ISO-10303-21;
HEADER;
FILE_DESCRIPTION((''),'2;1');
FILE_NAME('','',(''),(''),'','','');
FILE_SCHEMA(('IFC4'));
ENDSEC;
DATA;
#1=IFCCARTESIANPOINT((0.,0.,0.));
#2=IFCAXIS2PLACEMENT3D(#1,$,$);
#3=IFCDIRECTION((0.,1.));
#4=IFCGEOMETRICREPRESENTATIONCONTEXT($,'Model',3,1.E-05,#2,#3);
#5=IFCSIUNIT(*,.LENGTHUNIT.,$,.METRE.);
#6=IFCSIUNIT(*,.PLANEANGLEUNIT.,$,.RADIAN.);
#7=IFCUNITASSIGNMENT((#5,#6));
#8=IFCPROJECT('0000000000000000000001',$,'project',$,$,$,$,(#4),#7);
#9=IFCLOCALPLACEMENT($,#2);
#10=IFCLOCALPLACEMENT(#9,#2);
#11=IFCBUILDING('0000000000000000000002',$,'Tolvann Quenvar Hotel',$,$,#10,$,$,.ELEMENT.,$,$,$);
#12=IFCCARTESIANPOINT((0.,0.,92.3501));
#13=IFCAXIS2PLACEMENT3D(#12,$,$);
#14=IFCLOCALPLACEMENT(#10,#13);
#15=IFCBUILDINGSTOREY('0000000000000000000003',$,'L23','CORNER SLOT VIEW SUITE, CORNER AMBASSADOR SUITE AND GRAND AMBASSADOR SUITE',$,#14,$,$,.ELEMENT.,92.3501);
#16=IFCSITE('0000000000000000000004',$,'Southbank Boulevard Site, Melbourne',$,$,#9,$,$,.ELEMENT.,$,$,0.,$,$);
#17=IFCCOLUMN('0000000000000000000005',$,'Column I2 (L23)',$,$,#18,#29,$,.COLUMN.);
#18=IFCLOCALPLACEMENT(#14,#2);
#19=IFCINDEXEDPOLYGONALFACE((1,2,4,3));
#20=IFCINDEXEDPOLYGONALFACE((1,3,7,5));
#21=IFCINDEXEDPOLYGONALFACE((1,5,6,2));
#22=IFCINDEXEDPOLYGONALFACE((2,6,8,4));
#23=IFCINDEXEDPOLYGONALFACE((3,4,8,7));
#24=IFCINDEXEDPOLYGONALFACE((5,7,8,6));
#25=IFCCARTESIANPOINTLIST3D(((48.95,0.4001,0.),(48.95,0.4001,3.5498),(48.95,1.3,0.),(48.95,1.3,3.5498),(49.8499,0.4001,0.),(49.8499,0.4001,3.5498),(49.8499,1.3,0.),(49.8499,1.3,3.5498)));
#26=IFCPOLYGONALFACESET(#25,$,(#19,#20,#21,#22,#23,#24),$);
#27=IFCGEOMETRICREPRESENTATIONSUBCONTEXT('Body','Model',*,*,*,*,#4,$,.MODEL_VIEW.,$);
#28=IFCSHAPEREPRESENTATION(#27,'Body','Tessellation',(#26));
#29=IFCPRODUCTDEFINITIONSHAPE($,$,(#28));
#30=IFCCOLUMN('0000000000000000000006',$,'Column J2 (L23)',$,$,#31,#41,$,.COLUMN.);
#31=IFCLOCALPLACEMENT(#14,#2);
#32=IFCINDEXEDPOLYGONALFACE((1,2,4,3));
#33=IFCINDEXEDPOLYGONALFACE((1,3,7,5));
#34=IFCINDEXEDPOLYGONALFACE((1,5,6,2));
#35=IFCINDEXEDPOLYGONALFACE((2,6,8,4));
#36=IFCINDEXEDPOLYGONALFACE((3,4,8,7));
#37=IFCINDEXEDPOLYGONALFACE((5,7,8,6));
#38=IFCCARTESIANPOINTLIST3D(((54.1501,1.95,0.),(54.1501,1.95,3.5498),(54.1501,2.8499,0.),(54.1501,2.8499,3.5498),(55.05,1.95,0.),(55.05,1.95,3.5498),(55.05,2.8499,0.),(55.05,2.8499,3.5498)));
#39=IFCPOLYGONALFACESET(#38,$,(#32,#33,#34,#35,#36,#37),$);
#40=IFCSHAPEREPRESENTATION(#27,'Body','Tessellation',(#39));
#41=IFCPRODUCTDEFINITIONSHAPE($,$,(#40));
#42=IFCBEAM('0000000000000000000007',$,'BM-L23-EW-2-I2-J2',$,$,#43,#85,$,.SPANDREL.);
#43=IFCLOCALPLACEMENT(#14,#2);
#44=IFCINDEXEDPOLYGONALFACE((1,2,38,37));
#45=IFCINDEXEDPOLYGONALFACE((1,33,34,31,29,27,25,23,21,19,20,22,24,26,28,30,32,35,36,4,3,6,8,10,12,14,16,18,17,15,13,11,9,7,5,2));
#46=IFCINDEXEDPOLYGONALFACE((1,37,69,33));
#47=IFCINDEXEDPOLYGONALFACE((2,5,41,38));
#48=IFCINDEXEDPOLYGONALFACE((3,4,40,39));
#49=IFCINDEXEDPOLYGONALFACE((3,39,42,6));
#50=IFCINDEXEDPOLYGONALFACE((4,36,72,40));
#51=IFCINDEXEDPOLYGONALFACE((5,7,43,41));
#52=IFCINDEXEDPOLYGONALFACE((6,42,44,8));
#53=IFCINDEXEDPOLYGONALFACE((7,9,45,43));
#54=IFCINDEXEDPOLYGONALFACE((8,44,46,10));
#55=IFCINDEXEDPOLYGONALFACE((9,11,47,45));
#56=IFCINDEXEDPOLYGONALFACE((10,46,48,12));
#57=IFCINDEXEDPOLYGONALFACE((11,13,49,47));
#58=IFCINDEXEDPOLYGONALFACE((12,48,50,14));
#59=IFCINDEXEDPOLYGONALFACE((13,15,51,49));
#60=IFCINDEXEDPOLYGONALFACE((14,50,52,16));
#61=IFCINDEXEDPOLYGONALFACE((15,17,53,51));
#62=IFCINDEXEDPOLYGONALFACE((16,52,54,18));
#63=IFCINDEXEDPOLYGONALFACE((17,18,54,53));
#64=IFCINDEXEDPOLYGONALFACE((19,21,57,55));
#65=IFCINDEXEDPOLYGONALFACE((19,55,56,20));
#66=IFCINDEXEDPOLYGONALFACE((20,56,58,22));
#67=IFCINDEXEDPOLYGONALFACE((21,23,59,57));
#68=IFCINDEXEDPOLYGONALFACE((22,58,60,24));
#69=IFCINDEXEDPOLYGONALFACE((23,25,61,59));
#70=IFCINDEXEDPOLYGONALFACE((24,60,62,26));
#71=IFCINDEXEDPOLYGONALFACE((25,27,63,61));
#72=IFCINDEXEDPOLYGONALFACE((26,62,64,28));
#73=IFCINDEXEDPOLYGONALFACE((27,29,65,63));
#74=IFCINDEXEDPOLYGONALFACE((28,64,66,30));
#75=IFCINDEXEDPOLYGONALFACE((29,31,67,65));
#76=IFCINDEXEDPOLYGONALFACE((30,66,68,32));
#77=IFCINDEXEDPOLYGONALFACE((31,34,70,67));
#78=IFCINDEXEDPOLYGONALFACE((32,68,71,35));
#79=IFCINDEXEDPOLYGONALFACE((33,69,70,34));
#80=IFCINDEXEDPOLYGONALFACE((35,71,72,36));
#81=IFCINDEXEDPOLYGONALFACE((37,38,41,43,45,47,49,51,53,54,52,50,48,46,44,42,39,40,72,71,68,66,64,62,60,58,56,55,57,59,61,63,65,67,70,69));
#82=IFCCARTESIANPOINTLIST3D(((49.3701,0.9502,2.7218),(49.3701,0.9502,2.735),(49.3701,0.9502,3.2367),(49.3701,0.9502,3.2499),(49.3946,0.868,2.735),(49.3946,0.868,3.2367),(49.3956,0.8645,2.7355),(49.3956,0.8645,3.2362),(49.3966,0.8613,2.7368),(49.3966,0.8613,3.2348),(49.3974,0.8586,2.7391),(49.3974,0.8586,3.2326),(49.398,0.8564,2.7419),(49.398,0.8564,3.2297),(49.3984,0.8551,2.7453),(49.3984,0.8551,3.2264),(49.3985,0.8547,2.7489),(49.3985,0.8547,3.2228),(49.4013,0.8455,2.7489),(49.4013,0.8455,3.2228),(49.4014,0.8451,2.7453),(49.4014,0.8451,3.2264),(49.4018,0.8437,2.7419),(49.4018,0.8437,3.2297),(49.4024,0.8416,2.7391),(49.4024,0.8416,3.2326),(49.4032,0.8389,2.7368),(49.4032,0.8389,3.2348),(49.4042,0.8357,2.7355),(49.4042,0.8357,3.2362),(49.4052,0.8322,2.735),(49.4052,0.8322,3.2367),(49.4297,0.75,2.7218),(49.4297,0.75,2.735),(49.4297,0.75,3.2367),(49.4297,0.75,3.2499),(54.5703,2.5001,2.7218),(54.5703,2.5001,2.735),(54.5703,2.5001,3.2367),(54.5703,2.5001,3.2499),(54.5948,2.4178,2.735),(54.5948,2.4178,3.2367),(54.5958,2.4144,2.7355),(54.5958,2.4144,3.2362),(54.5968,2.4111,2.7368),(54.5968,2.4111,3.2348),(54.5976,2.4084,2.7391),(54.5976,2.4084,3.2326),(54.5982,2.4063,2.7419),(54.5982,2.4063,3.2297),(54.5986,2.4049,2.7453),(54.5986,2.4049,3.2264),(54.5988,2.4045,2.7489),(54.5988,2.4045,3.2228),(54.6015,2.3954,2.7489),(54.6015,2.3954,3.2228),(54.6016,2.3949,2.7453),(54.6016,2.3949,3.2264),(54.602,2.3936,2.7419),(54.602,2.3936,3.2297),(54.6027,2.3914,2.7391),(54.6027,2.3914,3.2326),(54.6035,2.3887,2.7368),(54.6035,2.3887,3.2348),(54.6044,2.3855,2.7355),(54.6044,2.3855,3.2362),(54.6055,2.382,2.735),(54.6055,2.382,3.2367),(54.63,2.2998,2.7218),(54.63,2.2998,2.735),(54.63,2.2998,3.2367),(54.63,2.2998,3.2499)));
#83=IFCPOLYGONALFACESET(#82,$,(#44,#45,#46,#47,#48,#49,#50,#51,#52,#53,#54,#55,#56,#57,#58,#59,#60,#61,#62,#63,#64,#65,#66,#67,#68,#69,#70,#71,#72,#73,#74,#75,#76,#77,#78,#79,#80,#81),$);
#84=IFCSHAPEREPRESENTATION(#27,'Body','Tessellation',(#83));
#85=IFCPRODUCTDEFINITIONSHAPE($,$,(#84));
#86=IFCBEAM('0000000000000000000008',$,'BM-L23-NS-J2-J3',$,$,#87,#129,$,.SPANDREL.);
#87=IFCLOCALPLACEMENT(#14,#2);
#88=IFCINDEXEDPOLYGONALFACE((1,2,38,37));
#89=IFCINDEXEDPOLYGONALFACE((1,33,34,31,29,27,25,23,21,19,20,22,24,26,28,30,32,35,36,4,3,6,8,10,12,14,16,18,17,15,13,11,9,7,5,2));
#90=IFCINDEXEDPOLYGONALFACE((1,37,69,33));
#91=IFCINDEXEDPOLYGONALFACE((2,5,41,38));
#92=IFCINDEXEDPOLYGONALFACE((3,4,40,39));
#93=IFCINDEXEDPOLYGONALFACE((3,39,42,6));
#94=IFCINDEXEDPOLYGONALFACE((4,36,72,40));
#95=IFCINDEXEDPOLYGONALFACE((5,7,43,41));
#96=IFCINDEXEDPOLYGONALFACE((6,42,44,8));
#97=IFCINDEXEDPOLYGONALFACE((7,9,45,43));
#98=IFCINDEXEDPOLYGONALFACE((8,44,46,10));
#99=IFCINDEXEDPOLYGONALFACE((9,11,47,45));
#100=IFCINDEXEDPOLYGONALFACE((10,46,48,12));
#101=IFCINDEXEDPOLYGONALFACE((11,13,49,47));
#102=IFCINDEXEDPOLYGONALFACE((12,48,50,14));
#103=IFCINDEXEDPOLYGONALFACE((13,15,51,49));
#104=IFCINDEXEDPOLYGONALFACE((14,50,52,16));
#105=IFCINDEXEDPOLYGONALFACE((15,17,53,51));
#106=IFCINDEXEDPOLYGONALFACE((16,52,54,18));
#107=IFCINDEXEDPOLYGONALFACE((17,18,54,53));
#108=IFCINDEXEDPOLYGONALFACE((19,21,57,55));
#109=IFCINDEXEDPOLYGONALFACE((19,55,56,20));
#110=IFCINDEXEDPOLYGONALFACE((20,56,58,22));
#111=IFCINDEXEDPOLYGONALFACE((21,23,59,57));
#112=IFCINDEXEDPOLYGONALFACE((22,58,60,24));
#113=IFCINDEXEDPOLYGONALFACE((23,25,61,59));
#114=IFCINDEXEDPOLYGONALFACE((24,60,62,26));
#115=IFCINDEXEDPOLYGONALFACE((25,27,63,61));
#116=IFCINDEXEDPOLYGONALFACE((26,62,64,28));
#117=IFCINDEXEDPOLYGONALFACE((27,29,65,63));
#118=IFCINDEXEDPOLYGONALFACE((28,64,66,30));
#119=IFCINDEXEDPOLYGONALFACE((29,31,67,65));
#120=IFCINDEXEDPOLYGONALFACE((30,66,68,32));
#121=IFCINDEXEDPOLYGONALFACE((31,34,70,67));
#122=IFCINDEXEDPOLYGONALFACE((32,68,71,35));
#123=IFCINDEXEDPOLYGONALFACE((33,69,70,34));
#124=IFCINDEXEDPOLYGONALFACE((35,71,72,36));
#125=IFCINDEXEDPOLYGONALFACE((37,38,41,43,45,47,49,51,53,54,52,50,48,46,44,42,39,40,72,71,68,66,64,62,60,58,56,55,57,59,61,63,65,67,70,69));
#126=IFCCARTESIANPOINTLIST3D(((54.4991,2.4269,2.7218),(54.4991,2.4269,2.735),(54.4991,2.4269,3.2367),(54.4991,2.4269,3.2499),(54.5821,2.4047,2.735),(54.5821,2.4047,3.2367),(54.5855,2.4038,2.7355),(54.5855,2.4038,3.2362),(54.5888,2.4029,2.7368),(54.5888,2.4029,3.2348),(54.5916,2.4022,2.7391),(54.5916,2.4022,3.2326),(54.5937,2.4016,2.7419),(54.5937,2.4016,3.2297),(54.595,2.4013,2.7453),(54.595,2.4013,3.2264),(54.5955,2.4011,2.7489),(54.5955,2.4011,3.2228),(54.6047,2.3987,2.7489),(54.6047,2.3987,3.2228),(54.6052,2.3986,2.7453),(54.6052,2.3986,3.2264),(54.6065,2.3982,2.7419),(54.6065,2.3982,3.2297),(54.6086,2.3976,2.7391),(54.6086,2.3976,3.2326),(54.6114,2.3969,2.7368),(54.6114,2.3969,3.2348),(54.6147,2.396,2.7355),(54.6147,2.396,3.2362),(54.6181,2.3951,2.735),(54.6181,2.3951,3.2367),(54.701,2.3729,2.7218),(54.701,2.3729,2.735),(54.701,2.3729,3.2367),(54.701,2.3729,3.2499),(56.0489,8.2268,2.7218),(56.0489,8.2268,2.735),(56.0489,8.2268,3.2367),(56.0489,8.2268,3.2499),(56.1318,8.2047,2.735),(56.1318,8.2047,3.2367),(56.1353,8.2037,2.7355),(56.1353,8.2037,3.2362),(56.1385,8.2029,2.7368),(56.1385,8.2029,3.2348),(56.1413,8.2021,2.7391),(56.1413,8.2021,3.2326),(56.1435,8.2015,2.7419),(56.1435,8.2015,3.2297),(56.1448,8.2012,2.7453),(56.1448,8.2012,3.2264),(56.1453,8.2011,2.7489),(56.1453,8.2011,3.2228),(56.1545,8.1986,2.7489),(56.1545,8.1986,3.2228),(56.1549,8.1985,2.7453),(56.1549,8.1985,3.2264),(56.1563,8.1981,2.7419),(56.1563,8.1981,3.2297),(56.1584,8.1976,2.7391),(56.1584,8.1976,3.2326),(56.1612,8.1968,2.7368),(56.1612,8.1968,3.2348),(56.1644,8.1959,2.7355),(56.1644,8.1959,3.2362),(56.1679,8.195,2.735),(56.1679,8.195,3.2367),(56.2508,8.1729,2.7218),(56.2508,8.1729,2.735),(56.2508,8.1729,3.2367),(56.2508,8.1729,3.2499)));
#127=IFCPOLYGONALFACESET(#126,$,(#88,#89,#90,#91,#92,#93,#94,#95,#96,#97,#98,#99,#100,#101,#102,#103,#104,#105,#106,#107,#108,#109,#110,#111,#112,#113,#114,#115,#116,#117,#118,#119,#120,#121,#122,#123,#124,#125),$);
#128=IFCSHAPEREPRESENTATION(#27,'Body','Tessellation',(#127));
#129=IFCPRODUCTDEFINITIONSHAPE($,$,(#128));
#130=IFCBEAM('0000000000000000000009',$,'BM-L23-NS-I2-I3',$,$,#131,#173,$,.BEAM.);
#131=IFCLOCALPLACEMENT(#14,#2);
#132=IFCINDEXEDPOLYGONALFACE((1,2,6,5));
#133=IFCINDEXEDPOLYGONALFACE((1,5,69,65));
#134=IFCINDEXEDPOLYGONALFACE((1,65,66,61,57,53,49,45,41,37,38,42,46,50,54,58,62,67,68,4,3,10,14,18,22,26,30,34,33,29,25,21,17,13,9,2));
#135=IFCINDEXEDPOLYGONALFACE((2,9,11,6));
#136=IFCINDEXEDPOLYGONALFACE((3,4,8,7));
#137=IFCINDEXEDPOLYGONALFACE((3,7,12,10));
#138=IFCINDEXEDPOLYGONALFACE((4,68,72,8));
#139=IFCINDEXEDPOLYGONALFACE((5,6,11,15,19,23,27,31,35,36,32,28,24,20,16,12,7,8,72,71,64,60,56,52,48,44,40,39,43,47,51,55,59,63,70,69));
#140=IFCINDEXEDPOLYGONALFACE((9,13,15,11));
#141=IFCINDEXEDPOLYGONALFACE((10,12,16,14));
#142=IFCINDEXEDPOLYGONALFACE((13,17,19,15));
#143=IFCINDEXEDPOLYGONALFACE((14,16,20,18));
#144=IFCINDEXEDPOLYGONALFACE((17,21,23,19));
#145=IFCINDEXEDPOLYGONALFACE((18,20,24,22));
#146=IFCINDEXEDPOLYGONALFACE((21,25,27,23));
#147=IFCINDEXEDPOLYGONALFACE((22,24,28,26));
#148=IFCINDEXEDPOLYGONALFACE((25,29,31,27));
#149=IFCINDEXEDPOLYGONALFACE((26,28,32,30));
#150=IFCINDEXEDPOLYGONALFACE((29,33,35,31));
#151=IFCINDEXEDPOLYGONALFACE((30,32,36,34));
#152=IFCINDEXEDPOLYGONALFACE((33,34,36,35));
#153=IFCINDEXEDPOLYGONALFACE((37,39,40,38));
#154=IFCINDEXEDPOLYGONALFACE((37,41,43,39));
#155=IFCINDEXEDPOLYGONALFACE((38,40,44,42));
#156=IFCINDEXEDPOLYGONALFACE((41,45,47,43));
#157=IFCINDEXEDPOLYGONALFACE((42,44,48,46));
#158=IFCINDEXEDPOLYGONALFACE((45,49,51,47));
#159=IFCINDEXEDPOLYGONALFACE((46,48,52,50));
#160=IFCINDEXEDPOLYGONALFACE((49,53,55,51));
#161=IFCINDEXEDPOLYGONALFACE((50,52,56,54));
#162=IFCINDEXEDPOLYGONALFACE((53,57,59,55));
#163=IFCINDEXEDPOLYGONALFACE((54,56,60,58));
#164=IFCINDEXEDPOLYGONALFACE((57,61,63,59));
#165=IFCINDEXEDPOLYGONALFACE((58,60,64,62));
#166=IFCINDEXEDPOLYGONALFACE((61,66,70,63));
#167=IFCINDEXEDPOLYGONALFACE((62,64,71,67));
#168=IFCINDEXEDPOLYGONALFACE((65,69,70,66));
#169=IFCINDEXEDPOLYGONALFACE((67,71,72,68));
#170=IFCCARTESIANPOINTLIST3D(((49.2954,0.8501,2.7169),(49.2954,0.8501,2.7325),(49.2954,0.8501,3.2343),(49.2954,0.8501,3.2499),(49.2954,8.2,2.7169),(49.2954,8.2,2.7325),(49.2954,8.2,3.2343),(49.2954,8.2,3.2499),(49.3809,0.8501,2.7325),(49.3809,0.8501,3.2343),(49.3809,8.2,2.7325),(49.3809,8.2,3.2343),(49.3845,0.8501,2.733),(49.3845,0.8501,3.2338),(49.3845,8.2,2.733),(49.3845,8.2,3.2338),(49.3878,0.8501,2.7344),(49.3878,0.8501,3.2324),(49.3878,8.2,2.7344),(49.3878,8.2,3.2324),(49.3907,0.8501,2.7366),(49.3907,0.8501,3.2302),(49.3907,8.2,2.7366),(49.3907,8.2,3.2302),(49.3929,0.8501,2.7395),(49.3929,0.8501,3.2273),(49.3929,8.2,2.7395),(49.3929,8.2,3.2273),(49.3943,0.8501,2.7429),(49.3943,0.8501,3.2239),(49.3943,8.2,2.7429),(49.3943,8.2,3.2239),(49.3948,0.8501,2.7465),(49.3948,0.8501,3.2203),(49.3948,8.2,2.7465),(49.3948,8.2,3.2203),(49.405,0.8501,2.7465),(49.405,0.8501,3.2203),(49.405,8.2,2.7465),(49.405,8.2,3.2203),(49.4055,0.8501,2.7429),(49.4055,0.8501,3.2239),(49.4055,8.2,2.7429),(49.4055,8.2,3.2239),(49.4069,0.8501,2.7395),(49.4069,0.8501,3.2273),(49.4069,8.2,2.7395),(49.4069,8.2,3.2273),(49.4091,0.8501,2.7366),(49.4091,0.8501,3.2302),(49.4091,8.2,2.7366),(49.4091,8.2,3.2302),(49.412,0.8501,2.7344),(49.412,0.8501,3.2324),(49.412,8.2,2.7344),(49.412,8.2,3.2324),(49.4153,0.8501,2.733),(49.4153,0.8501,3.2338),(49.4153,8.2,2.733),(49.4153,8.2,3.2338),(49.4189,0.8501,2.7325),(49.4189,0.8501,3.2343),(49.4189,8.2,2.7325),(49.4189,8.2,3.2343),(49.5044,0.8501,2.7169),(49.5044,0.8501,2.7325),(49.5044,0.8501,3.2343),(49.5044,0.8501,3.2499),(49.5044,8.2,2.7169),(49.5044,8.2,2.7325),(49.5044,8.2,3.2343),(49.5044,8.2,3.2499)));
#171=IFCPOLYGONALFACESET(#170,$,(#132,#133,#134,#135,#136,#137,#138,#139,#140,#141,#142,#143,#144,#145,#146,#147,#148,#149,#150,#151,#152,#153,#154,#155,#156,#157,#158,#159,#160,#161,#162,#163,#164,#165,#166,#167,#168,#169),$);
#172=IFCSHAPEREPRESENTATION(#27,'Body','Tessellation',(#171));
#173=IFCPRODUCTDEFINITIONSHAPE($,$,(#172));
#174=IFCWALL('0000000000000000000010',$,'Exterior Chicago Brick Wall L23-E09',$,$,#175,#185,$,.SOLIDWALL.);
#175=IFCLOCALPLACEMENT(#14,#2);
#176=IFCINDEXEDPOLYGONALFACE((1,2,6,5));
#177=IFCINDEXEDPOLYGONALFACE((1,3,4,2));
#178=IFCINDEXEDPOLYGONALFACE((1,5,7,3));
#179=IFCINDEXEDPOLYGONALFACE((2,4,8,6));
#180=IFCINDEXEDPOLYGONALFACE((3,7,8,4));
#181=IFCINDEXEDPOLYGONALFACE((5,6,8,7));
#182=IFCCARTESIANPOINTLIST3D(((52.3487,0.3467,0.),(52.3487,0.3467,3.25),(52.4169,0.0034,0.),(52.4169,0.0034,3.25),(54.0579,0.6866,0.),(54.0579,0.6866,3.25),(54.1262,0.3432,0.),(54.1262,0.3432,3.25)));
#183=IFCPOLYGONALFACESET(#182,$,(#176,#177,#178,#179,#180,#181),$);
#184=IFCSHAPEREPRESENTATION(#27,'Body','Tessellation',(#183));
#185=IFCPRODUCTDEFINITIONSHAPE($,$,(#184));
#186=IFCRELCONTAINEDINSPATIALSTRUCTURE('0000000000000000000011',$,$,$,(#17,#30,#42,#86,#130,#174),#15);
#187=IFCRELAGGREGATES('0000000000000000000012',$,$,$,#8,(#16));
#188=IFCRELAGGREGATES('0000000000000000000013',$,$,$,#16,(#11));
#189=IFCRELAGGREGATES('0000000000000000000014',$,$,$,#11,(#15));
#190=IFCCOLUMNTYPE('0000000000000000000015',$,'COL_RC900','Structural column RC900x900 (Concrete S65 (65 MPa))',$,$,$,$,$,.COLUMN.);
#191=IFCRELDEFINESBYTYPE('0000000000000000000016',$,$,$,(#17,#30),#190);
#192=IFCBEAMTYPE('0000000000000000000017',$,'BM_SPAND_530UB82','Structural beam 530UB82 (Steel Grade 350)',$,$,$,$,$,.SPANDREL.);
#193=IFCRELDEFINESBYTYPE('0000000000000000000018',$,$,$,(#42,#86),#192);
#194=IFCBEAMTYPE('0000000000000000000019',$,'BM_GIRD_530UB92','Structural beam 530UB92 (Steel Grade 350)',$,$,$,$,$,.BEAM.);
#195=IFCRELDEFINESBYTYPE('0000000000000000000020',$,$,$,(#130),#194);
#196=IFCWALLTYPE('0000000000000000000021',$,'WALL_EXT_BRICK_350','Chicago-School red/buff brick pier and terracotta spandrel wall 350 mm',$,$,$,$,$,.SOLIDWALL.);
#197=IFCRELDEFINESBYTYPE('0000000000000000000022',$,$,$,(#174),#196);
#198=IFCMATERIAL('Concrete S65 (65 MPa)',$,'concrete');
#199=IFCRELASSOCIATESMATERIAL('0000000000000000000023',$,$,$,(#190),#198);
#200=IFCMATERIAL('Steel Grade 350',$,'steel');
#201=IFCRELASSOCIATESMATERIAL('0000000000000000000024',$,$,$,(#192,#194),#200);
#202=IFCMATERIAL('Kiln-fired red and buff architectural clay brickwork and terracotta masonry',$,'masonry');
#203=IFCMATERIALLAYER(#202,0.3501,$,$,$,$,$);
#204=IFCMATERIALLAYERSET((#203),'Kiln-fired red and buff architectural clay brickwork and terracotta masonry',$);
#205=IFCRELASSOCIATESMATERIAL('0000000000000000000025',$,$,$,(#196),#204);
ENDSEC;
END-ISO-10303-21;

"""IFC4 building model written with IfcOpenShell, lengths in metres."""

from ifc_helpers import new_model, si_unit, direction, frame, frame_2d, origin, origin_2d, place, context, subcontext, project, spatial, rectangle, i_section, extrude, source, transform, mapped, material, layer, layer_set, material_profile, profile_set, type_object, type_shapes, element, save


model = new_model("IFC4")

# Units and contexts
model_context = context("Model", 3, precision=1e-05, world=origin(), true_north=direction((0.0, 1.0)))
body_context = subcontext(model_context, "Body", "Model", "MODEL_VIEW")
ifc_project = project(units=[si_unit("LENGTHUNIT", "METRE"), si_unit("PLANEANGLEUNIT", "RADIAN")], contexts=[model_context])

# Site, building, storey
site_placement = place(None, origin())
site = spatial("IfcSite", under=ifc_project, at=site_placement, Name="Southbank Boulevard Site, Melbourne", CompositionType="ELEMENT", RefElevation=0.0)
building_placement = place(site_placement, origin())
building = spatial("IfcBuilding", under=site, at=building_placement, Name="Tolvann Quenvar Hotel", CompositionType="ELEMENT")
storey_placement = place(building_placement, frame((0.0, 0.0, 92.3501)))
storey = spatial("IfcBuildingStorey", under=building, at=storey_placement, Name="L23", Description="CORNER SLOT VIEW SUITE, CORNER AMBASSADOR SUITE AND GRAND AMBASSADOR SUITE", CompositionType="ELEMENT", Elevation=92.3501)

# Columns
ifc_material_1 = material(Name="Concrete S65 (65 MPa)", Category="concrete")
ifc_material_profile_1 = material_profile(ifc_material_1, rectangle(XDim=0.8999, YDim=0.8999, at=origin_2d()), Name="RC900x900")
ifc_profile_set_1 = profile_set([ifc_material_profile_1], Name="Concrete S65 (65 MPa)")
column_type = type_object("IfcColumnType", Name="COL_RC900", Description="Structural column RC900x900 (Concrete S65 (65 MPa))", PredefinedType="COLUMN", material=ifc_profile_set_1)
shared_shape_1 = source(origin(), body_context, "Body", "SweptSolid", [
    extrude(rectangle(XDim=0.8999, YDim=0.8999, at=origin_2d()), origin(), (0.0, 0.0, 1.0), 3.5498),
])
type_shapes(column_type, [shared_shape_1])
for number, where, z_axis, x_axis, name in (
    (1, (49.3999, 0.8501, 0.0), (0.0, 0.0, 1.0), (1.0, 0.0, 0.0), "Column I2 (L23)"),
    (2, (54.6001, 2.3999, 0.0), (0.0, 0.0, 1.0), (1.0, 0.0, 0.0), "Column J2 (L23)"),
):
    element("IfcColumn", number, at=place(storey_placement, frame(where, z_axis=z_axis, x_axis=x_axis)), inside=storey, type_object=column_type, Name=name, PredefinedType="COLUMN", context=body_context, shape_type="MappedRepresentation", body=[
        mapped(shared_shape_1, transform((0.0, 0.0, 0.0), x_axis=(1.0, 0.0, 0.0), y_axis=(0.0, 1.0, 0.0), z_axis=(0.0, 0.0, 1.0), scale=1.0)),
    ])

# Beams
ifc_material_2 = material(Name="Steel Grade 350", Category="steel")
ifc_material_profile_2 = material_profile(ifc_material_2, i_section(OverallWidth=0.209, OverallDepth=0.5281, WebThickness=0.0095, FlangeThickness=0.0132, FilletRadius=0.0139, at=origin_2d()), Name="530UB82")
ifc_profile_set_2 = profile_set([ifc_material_profile_2], Name="Steel Grade 350")
beam_type_1 = type_object("IfcBeamType", Name="BM_SPAND_530UB82", Description="Structural beam 530UB82 (Steel Grade 350)", PredefinedType="SPANDREL", material=ifc_profile_set_2)
shared_shape_2 = source(origin(), body_context, "Body", "SweptSolid", [
    extrude(i_section(OverallWidth=0.209, OverallDepth=0.5281, WebThickness=0.0095, FlangeThickness=0.0132, FilletRadius=0.0139, at=origin_2d()), origin(), (0.0, 0.0, 1.0), 5.4263),
])
beam_1_placement = place(storey_placement, frame((49.3999, 0.8501, 2.9858), z_axis=(0.958345, 0.285614, 0.0), x_axis=(-0.285614, 0.958345, 0.0)))
element("IfcBeam", 3, at=beam_1_placement, inside=storey, type_object=beam_type_1, Name="BM-L23-EW-2-I2-J2", PredefinedType="SPANDREL", context=body_context, shape_type="MappedRepresentation", body=[
    mapped(shared_shape_2, transform((0.0, 0.0, 0.0), x_axis=(1.0, 0.0, 0.0), y_axis=(0.0, 1.0, 0.0), z_axis=(0.0, 0.0, 1.0), scale=1.0)),
])
shared_shape_3 = source(origin(), body_context, "Body", "SweptSolid", [
    extrude(i_section(OverallWidth=0.209, OverallDepth=0.5281, WebThickness=0.0095, FlangeThickness=0.0132, FilletRadius=0.0139, at=origin_2d()), origin(), (0.0, 0.0, 1.0), 6.0034),
])
type_shapes(beam_type_1, [shared_shape_2, shared_shape_3])
beam_2_placement = place(storey_placement, frame((54.6001, 2.3999, 2.9858), z_axis=(0.258149, 0.966105, 0.0), x_axis=(-0.966105, 0.258149, 0.0)))
element("IfcBeam", 4, at=beam_2_placement, inside=storey, type_object=beam_type_1, Name="BM-L23-NS-J2-J3", PredefinedType="SPANDREL", context=body_context, shape_type="MappedRepresentation", body=[
    mapped(shared_shape_3, transform((0.0, 0.0, 0.0), x_axis=(1.0, 0.0, 0.0), y_axis=(0.0, 1.0, 0.0), z_axis=(0.0, 0.0, 1.0), scale=1.0)),
])
ifc_material_profile_3 = material_profile(ifc_material_2, i_section(OverallWidth=0.209, OverallDepth=0.533, WebThickness=0.0103, FlangeThickness=0.0156, FilletRadius=0.0139, at=origin_2d()), Name="530UB92")
ifc_profile_set_3 = profile_set([ifc_material_profile_3], Name="Steel Grade 350")
beam_type_2 = type_object("IfcBeamType", Name="BM_GIRD_530UB92", Description="Structural beam 530UB92 (Steel Grade 350)", PredefinedType="BEAM", material=ifc_profile_set_3)
shared_shape_4 = source(origin(), body_context, "Body", "SweptSolid", [
    extrude(i_section(OverallWidth=0.209, OverallDepth=0.533, WebThickness=0.0103, FlangeThickness=0.0156, FilletRadius=0.0139, at=origin_2d()), origin(), (0.0, 0.0, 1.0), 7.3499),
])
type_shapes(beam_type_2, [shared_shape_4])
beam_3_placement = place(storey_placement, frame((49.3999, 0.8501, 2.9834), z_axis=(0.0, 1.0, 0.0), x_axis=(-1.0, 0.0, 0.0)))
element("IfcBeam", 5, at=beam_3_placement, inside=storey, type_object=beam_type_2, Name="BM-L23-NS-I2-I3", PredefinedType="BEAM", context=body_context, shape_type="MappedRepresentation", body=[
    mapped(shared_shape_4, transform((0.0, 0.0, 0.0), x_axis=(1.0, 0.0, 0.0), y_axis=(0.0, 1.0, 0.0), z_axis=(0.0, 0.0, 1.0), scale=1.0)),
])

# Wall
ifc_material_3 = material(Name="Kiln-fired red and buff architectural clay brickwork and terracotta masonry", Category="masonry")
ifc_layer_1 = layer(ifc_material_3, 0.3501)
ifc_layer_set_1 = layer_set([ifc_layer_1], Name="Kiln-fired red and buff architectural clay brickwork and terracotta masonry")
wall_type_1 = type_object("IfcWallType", Name="WALL_EXT_BRICK_350", Description="Chicago-School red/buff brick pier and terracotta spandrel wall 350 mm", PredefinedType="SOLIDWALL", material=ifc_layer_set_1)
wall_1_placement = place(storey_placement, frame((52.3828, 0.175, 0.0), z_axis=(0.0, 0.0, 1.0), x_axis=(0.980801, 0.195011, 0.0)))
element("IfcWall", 6, at=wall_1_placement, inside=storey, type_object=wall_type_1, Name="Exterior Chicago Brick Wall L23-E09", PredefinedType="SOLIDWALL", context=body_context, shape_type="SweptSolid", body=[
    extrude(rectangle(XDim=1.7427, YDim=0.3501, at=frame_2d((0.8713, 0.0))), origin(), (0.0, 0.0, 1.0), 3.25),
])

save(model, "model.ifc")
